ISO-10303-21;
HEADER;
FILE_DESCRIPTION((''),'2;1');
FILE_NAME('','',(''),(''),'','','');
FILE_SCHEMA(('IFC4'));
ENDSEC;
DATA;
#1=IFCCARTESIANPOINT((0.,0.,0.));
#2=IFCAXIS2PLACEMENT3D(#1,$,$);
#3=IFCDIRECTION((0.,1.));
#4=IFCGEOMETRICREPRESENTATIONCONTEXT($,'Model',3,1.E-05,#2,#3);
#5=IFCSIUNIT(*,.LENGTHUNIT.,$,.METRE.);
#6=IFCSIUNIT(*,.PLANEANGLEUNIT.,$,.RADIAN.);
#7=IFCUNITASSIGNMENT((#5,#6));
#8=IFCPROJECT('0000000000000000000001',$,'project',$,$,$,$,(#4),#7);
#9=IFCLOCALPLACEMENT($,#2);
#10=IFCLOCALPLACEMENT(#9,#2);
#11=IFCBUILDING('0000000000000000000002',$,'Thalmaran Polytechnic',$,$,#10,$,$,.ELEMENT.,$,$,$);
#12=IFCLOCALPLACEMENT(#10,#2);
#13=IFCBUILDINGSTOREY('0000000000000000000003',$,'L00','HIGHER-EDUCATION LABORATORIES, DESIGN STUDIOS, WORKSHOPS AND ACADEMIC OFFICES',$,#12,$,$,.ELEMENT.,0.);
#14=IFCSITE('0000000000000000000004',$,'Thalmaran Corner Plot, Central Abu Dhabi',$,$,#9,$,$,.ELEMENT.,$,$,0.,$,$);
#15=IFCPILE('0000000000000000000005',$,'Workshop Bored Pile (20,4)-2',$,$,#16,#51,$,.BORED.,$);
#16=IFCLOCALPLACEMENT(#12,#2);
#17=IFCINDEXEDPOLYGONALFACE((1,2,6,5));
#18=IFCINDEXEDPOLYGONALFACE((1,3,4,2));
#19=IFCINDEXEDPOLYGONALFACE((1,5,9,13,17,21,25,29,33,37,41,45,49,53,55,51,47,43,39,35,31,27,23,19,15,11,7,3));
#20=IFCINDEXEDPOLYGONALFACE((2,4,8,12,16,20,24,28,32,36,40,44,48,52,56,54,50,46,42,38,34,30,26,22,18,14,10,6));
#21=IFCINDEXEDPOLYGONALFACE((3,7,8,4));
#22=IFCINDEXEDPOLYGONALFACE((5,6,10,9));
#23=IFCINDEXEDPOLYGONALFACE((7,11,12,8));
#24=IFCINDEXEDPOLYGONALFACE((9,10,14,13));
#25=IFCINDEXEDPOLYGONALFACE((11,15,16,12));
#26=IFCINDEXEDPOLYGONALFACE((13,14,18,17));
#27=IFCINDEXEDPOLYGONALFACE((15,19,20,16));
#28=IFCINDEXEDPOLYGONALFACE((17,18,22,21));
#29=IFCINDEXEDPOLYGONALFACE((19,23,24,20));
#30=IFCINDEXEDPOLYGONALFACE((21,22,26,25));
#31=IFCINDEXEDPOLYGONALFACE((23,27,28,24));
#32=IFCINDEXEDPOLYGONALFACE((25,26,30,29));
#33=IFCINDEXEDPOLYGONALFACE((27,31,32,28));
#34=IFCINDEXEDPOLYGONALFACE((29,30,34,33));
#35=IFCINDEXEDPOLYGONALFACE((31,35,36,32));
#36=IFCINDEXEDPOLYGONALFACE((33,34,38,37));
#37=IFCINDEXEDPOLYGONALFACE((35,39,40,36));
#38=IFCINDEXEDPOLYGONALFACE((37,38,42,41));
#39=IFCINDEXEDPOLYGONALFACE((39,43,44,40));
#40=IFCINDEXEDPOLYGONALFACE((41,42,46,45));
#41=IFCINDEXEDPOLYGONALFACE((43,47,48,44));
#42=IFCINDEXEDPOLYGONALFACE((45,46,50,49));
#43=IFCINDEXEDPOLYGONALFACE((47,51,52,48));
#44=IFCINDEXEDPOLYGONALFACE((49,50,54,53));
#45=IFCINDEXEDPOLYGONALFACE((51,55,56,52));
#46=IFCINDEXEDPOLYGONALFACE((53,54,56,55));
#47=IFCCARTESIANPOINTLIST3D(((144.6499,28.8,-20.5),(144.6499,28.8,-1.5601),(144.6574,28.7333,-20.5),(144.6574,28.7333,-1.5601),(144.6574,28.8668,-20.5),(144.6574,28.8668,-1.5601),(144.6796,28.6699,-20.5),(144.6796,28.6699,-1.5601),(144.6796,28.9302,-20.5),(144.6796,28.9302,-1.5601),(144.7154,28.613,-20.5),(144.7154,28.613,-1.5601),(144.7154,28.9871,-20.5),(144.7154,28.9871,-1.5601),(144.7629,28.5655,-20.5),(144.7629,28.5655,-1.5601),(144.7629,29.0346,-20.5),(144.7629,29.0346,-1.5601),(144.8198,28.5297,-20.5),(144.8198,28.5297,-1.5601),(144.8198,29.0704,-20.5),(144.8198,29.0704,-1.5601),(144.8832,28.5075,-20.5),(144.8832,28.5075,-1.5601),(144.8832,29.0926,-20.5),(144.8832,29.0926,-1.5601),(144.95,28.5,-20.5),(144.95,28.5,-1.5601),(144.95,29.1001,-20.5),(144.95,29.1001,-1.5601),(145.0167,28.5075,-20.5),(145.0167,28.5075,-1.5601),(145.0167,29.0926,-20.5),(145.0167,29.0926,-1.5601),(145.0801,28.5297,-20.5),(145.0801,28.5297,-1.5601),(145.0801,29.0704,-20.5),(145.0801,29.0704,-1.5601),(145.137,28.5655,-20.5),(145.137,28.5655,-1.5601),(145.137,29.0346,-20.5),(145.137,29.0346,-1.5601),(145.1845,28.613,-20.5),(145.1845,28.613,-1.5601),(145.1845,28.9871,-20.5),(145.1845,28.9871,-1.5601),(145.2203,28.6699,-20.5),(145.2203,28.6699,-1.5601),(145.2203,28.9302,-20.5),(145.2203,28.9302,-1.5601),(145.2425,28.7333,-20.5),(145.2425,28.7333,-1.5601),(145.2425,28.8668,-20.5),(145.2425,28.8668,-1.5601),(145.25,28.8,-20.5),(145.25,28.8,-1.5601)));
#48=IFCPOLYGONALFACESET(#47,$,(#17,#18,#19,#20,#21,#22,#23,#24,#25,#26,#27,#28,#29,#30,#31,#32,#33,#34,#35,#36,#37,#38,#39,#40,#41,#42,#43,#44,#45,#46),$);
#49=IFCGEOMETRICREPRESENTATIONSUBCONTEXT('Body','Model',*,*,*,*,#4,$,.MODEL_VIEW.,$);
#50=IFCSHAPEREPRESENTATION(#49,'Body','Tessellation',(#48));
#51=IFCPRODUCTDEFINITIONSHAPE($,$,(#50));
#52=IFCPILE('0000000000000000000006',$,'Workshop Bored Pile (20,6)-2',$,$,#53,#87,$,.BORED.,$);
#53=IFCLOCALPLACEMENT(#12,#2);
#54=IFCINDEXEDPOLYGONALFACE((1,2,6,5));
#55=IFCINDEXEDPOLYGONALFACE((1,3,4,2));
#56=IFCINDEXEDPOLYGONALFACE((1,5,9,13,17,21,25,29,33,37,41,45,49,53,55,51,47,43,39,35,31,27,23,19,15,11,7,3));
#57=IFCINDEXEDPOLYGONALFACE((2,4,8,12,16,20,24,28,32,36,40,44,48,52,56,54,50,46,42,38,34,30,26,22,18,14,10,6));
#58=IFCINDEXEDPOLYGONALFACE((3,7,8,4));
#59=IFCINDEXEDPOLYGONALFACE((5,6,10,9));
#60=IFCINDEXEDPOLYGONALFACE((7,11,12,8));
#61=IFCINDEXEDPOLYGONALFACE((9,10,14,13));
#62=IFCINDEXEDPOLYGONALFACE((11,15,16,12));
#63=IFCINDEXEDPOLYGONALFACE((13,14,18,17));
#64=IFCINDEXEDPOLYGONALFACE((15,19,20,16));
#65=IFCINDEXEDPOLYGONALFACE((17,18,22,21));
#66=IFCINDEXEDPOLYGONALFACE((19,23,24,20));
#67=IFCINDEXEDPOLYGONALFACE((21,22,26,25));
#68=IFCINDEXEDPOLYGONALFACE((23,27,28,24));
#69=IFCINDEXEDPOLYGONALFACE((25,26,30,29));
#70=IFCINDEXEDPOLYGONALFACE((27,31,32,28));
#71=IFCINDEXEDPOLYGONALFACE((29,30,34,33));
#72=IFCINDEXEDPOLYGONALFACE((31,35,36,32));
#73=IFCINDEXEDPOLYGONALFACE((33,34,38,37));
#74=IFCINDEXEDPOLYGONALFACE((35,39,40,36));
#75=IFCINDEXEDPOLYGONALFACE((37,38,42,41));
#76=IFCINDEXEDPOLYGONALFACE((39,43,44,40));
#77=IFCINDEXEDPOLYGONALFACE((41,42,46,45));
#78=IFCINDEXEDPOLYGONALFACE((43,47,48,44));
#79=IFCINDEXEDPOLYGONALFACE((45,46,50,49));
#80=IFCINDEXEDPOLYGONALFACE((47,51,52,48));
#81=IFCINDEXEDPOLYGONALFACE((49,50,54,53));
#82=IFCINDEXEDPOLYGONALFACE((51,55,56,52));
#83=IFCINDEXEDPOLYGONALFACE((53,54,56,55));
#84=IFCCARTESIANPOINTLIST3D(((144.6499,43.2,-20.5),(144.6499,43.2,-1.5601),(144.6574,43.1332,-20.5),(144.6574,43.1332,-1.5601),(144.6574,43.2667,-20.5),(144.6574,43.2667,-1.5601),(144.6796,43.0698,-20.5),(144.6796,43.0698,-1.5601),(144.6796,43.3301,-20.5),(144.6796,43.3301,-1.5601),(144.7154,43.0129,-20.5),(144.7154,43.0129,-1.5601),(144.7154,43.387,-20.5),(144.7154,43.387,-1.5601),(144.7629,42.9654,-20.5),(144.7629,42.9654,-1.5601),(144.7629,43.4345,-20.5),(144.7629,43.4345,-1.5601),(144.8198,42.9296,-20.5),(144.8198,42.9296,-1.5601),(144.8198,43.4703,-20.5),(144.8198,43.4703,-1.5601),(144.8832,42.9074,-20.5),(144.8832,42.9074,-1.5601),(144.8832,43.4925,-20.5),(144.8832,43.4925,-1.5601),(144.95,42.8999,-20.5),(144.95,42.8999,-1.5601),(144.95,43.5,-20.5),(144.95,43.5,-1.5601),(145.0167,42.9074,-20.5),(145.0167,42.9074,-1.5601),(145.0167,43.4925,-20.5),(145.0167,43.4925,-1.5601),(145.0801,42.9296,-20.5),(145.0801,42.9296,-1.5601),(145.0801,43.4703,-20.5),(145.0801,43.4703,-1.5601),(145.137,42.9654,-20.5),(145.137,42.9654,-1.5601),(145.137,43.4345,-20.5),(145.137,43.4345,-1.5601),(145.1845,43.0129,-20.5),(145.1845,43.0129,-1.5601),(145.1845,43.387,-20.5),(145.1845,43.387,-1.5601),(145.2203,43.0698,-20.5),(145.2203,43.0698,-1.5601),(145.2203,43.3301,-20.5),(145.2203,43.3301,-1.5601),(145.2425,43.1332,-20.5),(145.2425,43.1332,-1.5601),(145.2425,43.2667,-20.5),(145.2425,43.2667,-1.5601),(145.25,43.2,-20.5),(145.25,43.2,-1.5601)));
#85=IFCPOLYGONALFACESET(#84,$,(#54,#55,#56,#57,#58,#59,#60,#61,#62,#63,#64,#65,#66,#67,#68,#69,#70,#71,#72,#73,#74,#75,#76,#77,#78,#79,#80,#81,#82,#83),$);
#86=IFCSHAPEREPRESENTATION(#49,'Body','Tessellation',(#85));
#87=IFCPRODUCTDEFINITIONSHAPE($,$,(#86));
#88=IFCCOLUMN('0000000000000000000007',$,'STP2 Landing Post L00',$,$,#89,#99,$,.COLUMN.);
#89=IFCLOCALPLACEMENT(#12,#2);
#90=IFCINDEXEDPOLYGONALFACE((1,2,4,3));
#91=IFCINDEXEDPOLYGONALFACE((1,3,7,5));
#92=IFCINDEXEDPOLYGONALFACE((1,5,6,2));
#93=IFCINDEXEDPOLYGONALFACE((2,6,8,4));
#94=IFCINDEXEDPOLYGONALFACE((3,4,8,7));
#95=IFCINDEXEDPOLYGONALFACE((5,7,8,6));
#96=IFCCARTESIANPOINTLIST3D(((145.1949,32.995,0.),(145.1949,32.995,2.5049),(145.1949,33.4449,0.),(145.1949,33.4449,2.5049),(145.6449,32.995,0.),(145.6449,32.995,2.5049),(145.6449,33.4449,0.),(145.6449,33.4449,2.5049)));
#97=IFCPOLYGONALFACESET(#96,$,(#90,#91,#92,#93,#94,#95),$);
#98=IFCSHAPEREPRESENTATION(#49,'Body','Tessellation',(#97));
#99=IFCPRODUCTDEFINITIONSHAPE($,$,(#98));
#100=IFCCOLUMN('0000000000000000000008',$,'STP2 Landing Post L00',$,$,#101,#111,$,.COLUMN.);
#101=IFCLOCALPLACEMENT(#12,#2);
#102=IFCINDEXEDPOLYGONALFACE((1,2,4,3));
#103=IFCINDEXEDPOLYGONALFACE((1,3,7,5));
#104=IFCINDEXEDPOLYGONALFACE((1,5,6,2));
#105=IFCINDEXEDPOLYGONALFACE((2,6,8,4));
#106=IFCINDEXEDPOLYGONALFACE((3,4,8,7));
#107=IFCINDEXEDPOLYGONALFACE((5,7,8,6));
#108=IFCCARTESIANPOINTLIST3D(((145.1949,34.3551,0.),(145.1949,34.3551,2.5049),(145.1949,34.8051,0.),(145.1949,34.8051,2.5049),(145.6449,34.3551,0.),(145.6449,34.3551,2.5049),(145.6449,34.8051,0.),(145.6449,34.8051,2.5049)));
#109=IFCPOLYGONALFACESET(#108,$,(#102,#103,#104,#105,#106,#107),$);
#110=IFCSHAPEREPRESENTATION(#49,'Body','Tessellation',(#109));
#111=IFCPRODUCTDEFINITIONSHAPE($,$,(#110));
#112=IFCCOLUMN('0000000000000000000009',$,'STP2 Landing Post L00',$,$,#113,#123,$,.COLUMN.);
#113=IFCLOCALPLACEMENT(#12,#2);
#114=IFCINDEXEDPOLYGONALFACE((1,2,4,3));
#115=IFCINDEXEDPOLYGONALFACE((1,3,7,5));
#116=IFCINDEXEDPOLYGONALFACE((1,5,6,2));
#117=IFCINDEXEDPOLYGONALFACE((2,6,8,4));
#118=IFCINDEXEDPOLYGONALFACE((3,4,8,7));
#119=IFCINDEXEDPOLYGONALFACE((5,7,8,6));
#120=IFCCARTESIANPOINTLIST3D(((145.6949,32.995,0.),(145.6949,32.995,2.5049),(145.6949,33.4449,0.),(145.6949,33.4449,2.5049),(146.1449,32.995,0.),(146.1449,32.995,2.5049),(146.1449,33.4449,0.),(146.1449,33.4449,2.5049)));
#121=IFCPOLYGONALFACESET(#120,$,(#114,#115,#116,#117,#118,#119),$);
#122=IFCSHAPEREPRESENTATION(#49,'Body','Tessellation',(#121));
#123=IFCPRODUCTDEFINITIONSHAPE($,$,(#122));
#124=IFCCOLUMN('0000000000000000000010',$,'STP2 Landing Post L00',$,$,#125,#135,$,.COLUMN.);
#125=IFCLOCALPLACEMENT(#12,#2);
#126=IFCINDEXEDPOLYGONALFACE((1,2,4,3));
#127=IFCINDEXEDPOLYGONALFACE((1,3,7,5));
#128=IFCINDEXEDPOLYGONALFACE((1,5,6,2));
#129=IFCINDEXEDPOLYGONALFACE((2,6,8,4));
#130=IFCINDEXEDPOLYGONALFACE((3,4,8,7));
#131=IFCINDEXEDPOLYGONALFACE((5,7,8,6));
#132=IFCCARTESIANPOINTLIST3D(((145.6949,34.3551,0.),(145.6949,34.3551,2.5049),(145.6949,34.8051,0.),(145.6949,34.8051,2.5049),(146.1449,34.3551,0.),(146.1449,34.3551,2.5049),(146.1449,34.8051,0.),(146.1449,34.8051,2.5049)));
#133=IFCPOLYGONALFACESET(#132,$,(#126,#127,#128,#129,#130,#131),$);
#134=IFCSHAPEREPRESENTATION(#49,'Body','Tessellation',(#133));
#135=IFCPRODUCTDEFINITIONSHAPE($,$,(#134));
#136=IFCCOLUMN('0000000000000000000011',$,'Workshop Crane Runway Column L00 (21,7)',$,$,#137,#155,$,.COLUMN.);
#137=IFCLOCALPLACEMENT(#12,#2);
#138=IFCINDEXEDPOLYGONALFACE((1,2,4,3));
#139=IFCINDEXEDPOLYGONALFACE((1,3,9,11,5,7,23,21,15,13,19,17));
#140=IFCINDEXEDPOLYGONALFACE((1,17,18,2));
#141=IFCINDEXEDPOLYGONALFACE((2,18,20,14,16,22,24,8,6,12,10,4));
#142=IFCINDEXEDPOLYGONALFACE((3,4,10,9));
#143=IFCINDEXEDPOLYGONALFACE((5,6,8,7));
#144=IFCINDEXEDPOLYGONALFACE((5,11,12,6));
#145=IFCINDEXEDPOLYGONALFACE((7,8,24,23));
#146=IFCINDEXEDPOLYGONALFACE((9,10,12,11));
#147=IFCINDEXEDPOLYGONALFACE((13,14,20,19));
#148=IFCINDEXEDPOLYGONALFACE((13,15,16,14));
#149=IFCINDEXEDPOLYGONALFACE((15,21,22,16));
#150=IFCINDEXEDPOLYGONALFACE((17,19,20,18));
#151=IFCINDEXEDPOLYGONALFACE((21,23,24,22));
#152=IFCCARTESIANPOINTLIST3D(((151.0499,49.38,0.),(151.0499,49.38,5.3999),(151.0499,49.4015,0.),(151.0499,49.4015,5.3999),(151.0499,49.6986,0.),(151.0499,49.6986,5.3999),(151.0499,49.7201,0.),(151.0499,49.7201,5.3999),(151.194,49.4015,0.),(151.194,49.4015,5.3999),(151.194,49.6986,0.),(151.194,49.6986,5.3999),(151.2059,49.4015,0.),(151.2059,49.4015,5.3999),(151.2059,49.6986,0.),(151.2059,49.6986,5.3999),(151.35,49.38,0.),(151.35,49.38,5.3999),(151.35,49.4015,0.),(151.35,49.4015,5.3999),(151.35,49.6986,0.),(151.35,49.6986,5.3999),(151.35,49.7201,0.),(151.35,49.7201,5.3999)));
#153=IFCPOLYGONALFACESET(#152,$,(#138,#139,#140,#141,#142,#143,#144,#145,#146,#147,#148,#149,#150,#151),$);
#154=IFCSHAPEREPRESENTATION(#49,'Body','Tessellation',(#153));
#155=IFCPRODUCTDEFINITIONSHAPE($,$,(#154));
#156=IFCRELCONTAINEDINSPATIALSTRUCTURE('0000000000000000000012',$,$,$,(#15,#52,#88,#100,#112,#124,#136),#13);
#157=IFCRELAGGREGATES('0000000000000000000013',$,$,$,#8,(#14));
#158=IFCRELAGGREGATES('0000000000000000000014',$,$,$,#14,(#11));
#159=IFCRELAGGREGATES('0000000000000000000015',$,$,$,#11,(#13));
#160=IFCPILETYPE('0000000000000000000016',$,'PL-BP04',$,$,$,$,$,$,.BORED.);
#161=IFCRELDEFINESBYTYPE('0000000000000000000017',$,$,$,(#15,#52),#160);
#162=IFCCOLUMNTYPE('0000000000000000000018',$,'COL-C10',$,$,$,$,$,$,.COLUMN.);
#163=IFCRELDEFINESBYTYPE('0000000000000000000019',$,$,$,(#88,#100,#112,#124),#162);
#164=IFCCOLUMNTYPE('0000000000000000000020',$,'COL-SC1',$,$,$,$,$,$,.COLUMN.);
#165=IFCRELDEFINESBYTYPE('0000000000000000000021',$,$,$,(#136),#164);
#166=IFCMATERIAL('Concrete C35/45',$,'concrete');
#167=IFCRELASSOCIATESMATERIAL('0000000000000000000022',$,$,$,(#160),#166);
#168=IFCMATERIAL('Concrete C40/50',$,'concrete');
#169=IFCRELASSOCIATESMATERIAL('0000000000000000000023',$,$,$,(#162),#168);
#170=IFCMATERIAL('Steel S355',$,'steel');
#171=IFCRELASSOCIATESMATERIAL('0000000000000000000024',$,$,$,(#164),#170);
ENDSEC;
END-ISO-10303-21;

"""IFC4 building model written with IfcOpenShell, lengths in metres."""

from ifc_helpers import new_model, si_unit, direction, frame, origin, origin_2d, place, context, subcontext, project, spatial, rectangle, circle, i_section, extrude, material, material_profile, profile_set, type_object, element, save


model = new_model("IFC4")

# Units and contexts
model_context = context("Model", 3, precision=1e-05, world=origin(), true_north=direction((0.0, 1.0)))
body_context = subcontext(model_context, "Body", "Model", "MODEL_VIEW")
ifc_project = project(units=[si_unit("LENGTHUNIT", "METRE"), si_unit("PLANEANGLEUNIT", "RADIAN")], contexts=[model_context])

# Site, building, storey
site_placement = place(None, origin())
site = spatial("IfcSite", under=ifc_project, at=site_placement, Name="Thalmaran Corner Plot, Central Abu Dhabi", CompositionType="ELEMENT", RefElevation=0.0)
building_placement = place(site_placement, origin())
building = spatial("IfcBuilding", under=site, at=building_placement, Name="Thalmaran Polytechnic", CompositionType="ELEMENT")
storey_placement = place(building_placement, origin())
storey = spatial("IfcBuildingStorey", under=building, at=storey_placement, Name="L00", Description="HIGHER-EDUCATION LABORATORIES, DESIGN STUDIOS, WORKSHOPS AND ACADEMIC OFFICES", CompositionType="ELEMENT", Elevation=0.0)

# Piles
ifc_material_1 = material(Name="Concrete C35/45", Category="concrete")
ifc_material_profile_1 = material_profile(ifc_material_1, circle(Radius=0.3, at=origin_2d()), Name="RC 600 DIA")
ifc_profile_set_1 = profile_set([ifc_material_profile_1], Name="Concrete C35/45")
pile_type = type_object("IfcPileType", Name="PL-BP04", PredefinedType="BORED", material=ifc_profile_set_1)
for number, where, z_axis, x_axis, name in (
    (1, (144.95, 28.8, -1.5601), (0.0, 0.0, -1.0), (1.0, 0.0, 0.0), "Workshop Bored Pile (20,4)-2"),
    (2, (144.95, 43.2, -1.5601), (0.0, 0.0, -1.0), (1.0, 0.0, 0.0), "Workshop Bored Pile (20,6)-2"),
):
    element("IfcPile", number, at=place(storey_placement, frame(where, z_axis=z_axis, x_axis=x_axis)), inside=storey, type_object=pile_type, Name=name, PredefinedType="BORED", context=body_context, shape_type="SweptSolid", body=[
        extrude(circle(Radius=0.3, at=origin_2d()), origin(), (0.0, 0.0, 1.0), 18.9399),
    ])

# Columns
ifc_material_2 = material(Name="Concrete C40/50", Category="concrete")
ifc_material_profile_2 = material_profile(ifc_material_2, rectangle(XDim=0.45, YDim=0.45, at=origin_2d()), Name="RC 450x450")
ifc_profile_set_2 = profile_set([ifc_material_profile_2], Name="Concrete C40/50")
column_type_1 = type_object("IfcColumnType", Name="COL-C10", PredefinedType="COLUMN", material=ifc_profile_set_2)
for number, where, z_axis, x_axis, name in (
    (3, (145.4199, 33.22, 0.0), (0.0, 0.0, 1.0), (1.0, 0.0, 0.0), "STP2 Landing Post L00"),
    (4, (145.4199, 34.5801, 0.0), (0.0, 0.0, 1.0), (1.0, 0.0, 0.0), "STP2 Landing Post L00"),
    (5, (145.9199, 33.22, 0.0), (0.0, 0.0, 1.0), (1.0, 0.0, 0.0), "STP2 Landing Post L00"),
    (6, (145.9199, 34.5801, 0.0), (0.0, 0.0, 1.0), (1.0, 0.0, 0.0), "STP2 Landing Post L00"),
):
    element("IfcColumn", number, at=place(storey_placement, frame(where, z_axis=z_axis, x_axis=x_axis)), inside=storey, type_object=column_type_1, Name=name, PredefinedType="COLUMN", context=body_context, shape_type="SweptSolid", body=[
        extrude(rectangle(XDim=0.45, YDim=0.45, at=origin_2d()), origin(), (0.0, 0.0, 1.0), 2.5049),
    ])
ifc_material_3 = material(Name="Steel S355", Category="steel")
ifc_material_profile_3 = material_profile(ifc_material_3, i_section(OverallWidth=0.3, OverallDepth=0.3401, WebThickness=0.012, FlangeThickness=0.0215, at=origin_2d()), Name="HEB 340")
ifc_profile_set_3 = profile_set([ifc_material_profile_3], Name="Steel S355")
column_type_2 = type_object("IfcColumnType", Name="COL-SC1", PredefinedType="COLUMN", material=ifc_profile_set_3)
column_placement = place(storey_placement, frame((151.2, 49.55, 0.0), z_axis=(0.0, 0.0, 1.0), x_axis=(1.0, 0.0, 0.0)))
element("IfcColumn", 7, at=column_placement, inside=storey, type_object=column_type_2, Name="Workshop Crane Runway Column L00 (21,7)", PredefinedType="COLUMN", context=body_context, shape_type="SweptSolid", body=[
    extrude(i_section(OverallWidth=0.3, OverallDepth=0.3401, WebThickness=0.012, FlangeThickness=0.0215, at=origin_2d()), origin(), (0.0, 0.0, 1.0), 5.3999),
])

save(model, "model.ifc")
